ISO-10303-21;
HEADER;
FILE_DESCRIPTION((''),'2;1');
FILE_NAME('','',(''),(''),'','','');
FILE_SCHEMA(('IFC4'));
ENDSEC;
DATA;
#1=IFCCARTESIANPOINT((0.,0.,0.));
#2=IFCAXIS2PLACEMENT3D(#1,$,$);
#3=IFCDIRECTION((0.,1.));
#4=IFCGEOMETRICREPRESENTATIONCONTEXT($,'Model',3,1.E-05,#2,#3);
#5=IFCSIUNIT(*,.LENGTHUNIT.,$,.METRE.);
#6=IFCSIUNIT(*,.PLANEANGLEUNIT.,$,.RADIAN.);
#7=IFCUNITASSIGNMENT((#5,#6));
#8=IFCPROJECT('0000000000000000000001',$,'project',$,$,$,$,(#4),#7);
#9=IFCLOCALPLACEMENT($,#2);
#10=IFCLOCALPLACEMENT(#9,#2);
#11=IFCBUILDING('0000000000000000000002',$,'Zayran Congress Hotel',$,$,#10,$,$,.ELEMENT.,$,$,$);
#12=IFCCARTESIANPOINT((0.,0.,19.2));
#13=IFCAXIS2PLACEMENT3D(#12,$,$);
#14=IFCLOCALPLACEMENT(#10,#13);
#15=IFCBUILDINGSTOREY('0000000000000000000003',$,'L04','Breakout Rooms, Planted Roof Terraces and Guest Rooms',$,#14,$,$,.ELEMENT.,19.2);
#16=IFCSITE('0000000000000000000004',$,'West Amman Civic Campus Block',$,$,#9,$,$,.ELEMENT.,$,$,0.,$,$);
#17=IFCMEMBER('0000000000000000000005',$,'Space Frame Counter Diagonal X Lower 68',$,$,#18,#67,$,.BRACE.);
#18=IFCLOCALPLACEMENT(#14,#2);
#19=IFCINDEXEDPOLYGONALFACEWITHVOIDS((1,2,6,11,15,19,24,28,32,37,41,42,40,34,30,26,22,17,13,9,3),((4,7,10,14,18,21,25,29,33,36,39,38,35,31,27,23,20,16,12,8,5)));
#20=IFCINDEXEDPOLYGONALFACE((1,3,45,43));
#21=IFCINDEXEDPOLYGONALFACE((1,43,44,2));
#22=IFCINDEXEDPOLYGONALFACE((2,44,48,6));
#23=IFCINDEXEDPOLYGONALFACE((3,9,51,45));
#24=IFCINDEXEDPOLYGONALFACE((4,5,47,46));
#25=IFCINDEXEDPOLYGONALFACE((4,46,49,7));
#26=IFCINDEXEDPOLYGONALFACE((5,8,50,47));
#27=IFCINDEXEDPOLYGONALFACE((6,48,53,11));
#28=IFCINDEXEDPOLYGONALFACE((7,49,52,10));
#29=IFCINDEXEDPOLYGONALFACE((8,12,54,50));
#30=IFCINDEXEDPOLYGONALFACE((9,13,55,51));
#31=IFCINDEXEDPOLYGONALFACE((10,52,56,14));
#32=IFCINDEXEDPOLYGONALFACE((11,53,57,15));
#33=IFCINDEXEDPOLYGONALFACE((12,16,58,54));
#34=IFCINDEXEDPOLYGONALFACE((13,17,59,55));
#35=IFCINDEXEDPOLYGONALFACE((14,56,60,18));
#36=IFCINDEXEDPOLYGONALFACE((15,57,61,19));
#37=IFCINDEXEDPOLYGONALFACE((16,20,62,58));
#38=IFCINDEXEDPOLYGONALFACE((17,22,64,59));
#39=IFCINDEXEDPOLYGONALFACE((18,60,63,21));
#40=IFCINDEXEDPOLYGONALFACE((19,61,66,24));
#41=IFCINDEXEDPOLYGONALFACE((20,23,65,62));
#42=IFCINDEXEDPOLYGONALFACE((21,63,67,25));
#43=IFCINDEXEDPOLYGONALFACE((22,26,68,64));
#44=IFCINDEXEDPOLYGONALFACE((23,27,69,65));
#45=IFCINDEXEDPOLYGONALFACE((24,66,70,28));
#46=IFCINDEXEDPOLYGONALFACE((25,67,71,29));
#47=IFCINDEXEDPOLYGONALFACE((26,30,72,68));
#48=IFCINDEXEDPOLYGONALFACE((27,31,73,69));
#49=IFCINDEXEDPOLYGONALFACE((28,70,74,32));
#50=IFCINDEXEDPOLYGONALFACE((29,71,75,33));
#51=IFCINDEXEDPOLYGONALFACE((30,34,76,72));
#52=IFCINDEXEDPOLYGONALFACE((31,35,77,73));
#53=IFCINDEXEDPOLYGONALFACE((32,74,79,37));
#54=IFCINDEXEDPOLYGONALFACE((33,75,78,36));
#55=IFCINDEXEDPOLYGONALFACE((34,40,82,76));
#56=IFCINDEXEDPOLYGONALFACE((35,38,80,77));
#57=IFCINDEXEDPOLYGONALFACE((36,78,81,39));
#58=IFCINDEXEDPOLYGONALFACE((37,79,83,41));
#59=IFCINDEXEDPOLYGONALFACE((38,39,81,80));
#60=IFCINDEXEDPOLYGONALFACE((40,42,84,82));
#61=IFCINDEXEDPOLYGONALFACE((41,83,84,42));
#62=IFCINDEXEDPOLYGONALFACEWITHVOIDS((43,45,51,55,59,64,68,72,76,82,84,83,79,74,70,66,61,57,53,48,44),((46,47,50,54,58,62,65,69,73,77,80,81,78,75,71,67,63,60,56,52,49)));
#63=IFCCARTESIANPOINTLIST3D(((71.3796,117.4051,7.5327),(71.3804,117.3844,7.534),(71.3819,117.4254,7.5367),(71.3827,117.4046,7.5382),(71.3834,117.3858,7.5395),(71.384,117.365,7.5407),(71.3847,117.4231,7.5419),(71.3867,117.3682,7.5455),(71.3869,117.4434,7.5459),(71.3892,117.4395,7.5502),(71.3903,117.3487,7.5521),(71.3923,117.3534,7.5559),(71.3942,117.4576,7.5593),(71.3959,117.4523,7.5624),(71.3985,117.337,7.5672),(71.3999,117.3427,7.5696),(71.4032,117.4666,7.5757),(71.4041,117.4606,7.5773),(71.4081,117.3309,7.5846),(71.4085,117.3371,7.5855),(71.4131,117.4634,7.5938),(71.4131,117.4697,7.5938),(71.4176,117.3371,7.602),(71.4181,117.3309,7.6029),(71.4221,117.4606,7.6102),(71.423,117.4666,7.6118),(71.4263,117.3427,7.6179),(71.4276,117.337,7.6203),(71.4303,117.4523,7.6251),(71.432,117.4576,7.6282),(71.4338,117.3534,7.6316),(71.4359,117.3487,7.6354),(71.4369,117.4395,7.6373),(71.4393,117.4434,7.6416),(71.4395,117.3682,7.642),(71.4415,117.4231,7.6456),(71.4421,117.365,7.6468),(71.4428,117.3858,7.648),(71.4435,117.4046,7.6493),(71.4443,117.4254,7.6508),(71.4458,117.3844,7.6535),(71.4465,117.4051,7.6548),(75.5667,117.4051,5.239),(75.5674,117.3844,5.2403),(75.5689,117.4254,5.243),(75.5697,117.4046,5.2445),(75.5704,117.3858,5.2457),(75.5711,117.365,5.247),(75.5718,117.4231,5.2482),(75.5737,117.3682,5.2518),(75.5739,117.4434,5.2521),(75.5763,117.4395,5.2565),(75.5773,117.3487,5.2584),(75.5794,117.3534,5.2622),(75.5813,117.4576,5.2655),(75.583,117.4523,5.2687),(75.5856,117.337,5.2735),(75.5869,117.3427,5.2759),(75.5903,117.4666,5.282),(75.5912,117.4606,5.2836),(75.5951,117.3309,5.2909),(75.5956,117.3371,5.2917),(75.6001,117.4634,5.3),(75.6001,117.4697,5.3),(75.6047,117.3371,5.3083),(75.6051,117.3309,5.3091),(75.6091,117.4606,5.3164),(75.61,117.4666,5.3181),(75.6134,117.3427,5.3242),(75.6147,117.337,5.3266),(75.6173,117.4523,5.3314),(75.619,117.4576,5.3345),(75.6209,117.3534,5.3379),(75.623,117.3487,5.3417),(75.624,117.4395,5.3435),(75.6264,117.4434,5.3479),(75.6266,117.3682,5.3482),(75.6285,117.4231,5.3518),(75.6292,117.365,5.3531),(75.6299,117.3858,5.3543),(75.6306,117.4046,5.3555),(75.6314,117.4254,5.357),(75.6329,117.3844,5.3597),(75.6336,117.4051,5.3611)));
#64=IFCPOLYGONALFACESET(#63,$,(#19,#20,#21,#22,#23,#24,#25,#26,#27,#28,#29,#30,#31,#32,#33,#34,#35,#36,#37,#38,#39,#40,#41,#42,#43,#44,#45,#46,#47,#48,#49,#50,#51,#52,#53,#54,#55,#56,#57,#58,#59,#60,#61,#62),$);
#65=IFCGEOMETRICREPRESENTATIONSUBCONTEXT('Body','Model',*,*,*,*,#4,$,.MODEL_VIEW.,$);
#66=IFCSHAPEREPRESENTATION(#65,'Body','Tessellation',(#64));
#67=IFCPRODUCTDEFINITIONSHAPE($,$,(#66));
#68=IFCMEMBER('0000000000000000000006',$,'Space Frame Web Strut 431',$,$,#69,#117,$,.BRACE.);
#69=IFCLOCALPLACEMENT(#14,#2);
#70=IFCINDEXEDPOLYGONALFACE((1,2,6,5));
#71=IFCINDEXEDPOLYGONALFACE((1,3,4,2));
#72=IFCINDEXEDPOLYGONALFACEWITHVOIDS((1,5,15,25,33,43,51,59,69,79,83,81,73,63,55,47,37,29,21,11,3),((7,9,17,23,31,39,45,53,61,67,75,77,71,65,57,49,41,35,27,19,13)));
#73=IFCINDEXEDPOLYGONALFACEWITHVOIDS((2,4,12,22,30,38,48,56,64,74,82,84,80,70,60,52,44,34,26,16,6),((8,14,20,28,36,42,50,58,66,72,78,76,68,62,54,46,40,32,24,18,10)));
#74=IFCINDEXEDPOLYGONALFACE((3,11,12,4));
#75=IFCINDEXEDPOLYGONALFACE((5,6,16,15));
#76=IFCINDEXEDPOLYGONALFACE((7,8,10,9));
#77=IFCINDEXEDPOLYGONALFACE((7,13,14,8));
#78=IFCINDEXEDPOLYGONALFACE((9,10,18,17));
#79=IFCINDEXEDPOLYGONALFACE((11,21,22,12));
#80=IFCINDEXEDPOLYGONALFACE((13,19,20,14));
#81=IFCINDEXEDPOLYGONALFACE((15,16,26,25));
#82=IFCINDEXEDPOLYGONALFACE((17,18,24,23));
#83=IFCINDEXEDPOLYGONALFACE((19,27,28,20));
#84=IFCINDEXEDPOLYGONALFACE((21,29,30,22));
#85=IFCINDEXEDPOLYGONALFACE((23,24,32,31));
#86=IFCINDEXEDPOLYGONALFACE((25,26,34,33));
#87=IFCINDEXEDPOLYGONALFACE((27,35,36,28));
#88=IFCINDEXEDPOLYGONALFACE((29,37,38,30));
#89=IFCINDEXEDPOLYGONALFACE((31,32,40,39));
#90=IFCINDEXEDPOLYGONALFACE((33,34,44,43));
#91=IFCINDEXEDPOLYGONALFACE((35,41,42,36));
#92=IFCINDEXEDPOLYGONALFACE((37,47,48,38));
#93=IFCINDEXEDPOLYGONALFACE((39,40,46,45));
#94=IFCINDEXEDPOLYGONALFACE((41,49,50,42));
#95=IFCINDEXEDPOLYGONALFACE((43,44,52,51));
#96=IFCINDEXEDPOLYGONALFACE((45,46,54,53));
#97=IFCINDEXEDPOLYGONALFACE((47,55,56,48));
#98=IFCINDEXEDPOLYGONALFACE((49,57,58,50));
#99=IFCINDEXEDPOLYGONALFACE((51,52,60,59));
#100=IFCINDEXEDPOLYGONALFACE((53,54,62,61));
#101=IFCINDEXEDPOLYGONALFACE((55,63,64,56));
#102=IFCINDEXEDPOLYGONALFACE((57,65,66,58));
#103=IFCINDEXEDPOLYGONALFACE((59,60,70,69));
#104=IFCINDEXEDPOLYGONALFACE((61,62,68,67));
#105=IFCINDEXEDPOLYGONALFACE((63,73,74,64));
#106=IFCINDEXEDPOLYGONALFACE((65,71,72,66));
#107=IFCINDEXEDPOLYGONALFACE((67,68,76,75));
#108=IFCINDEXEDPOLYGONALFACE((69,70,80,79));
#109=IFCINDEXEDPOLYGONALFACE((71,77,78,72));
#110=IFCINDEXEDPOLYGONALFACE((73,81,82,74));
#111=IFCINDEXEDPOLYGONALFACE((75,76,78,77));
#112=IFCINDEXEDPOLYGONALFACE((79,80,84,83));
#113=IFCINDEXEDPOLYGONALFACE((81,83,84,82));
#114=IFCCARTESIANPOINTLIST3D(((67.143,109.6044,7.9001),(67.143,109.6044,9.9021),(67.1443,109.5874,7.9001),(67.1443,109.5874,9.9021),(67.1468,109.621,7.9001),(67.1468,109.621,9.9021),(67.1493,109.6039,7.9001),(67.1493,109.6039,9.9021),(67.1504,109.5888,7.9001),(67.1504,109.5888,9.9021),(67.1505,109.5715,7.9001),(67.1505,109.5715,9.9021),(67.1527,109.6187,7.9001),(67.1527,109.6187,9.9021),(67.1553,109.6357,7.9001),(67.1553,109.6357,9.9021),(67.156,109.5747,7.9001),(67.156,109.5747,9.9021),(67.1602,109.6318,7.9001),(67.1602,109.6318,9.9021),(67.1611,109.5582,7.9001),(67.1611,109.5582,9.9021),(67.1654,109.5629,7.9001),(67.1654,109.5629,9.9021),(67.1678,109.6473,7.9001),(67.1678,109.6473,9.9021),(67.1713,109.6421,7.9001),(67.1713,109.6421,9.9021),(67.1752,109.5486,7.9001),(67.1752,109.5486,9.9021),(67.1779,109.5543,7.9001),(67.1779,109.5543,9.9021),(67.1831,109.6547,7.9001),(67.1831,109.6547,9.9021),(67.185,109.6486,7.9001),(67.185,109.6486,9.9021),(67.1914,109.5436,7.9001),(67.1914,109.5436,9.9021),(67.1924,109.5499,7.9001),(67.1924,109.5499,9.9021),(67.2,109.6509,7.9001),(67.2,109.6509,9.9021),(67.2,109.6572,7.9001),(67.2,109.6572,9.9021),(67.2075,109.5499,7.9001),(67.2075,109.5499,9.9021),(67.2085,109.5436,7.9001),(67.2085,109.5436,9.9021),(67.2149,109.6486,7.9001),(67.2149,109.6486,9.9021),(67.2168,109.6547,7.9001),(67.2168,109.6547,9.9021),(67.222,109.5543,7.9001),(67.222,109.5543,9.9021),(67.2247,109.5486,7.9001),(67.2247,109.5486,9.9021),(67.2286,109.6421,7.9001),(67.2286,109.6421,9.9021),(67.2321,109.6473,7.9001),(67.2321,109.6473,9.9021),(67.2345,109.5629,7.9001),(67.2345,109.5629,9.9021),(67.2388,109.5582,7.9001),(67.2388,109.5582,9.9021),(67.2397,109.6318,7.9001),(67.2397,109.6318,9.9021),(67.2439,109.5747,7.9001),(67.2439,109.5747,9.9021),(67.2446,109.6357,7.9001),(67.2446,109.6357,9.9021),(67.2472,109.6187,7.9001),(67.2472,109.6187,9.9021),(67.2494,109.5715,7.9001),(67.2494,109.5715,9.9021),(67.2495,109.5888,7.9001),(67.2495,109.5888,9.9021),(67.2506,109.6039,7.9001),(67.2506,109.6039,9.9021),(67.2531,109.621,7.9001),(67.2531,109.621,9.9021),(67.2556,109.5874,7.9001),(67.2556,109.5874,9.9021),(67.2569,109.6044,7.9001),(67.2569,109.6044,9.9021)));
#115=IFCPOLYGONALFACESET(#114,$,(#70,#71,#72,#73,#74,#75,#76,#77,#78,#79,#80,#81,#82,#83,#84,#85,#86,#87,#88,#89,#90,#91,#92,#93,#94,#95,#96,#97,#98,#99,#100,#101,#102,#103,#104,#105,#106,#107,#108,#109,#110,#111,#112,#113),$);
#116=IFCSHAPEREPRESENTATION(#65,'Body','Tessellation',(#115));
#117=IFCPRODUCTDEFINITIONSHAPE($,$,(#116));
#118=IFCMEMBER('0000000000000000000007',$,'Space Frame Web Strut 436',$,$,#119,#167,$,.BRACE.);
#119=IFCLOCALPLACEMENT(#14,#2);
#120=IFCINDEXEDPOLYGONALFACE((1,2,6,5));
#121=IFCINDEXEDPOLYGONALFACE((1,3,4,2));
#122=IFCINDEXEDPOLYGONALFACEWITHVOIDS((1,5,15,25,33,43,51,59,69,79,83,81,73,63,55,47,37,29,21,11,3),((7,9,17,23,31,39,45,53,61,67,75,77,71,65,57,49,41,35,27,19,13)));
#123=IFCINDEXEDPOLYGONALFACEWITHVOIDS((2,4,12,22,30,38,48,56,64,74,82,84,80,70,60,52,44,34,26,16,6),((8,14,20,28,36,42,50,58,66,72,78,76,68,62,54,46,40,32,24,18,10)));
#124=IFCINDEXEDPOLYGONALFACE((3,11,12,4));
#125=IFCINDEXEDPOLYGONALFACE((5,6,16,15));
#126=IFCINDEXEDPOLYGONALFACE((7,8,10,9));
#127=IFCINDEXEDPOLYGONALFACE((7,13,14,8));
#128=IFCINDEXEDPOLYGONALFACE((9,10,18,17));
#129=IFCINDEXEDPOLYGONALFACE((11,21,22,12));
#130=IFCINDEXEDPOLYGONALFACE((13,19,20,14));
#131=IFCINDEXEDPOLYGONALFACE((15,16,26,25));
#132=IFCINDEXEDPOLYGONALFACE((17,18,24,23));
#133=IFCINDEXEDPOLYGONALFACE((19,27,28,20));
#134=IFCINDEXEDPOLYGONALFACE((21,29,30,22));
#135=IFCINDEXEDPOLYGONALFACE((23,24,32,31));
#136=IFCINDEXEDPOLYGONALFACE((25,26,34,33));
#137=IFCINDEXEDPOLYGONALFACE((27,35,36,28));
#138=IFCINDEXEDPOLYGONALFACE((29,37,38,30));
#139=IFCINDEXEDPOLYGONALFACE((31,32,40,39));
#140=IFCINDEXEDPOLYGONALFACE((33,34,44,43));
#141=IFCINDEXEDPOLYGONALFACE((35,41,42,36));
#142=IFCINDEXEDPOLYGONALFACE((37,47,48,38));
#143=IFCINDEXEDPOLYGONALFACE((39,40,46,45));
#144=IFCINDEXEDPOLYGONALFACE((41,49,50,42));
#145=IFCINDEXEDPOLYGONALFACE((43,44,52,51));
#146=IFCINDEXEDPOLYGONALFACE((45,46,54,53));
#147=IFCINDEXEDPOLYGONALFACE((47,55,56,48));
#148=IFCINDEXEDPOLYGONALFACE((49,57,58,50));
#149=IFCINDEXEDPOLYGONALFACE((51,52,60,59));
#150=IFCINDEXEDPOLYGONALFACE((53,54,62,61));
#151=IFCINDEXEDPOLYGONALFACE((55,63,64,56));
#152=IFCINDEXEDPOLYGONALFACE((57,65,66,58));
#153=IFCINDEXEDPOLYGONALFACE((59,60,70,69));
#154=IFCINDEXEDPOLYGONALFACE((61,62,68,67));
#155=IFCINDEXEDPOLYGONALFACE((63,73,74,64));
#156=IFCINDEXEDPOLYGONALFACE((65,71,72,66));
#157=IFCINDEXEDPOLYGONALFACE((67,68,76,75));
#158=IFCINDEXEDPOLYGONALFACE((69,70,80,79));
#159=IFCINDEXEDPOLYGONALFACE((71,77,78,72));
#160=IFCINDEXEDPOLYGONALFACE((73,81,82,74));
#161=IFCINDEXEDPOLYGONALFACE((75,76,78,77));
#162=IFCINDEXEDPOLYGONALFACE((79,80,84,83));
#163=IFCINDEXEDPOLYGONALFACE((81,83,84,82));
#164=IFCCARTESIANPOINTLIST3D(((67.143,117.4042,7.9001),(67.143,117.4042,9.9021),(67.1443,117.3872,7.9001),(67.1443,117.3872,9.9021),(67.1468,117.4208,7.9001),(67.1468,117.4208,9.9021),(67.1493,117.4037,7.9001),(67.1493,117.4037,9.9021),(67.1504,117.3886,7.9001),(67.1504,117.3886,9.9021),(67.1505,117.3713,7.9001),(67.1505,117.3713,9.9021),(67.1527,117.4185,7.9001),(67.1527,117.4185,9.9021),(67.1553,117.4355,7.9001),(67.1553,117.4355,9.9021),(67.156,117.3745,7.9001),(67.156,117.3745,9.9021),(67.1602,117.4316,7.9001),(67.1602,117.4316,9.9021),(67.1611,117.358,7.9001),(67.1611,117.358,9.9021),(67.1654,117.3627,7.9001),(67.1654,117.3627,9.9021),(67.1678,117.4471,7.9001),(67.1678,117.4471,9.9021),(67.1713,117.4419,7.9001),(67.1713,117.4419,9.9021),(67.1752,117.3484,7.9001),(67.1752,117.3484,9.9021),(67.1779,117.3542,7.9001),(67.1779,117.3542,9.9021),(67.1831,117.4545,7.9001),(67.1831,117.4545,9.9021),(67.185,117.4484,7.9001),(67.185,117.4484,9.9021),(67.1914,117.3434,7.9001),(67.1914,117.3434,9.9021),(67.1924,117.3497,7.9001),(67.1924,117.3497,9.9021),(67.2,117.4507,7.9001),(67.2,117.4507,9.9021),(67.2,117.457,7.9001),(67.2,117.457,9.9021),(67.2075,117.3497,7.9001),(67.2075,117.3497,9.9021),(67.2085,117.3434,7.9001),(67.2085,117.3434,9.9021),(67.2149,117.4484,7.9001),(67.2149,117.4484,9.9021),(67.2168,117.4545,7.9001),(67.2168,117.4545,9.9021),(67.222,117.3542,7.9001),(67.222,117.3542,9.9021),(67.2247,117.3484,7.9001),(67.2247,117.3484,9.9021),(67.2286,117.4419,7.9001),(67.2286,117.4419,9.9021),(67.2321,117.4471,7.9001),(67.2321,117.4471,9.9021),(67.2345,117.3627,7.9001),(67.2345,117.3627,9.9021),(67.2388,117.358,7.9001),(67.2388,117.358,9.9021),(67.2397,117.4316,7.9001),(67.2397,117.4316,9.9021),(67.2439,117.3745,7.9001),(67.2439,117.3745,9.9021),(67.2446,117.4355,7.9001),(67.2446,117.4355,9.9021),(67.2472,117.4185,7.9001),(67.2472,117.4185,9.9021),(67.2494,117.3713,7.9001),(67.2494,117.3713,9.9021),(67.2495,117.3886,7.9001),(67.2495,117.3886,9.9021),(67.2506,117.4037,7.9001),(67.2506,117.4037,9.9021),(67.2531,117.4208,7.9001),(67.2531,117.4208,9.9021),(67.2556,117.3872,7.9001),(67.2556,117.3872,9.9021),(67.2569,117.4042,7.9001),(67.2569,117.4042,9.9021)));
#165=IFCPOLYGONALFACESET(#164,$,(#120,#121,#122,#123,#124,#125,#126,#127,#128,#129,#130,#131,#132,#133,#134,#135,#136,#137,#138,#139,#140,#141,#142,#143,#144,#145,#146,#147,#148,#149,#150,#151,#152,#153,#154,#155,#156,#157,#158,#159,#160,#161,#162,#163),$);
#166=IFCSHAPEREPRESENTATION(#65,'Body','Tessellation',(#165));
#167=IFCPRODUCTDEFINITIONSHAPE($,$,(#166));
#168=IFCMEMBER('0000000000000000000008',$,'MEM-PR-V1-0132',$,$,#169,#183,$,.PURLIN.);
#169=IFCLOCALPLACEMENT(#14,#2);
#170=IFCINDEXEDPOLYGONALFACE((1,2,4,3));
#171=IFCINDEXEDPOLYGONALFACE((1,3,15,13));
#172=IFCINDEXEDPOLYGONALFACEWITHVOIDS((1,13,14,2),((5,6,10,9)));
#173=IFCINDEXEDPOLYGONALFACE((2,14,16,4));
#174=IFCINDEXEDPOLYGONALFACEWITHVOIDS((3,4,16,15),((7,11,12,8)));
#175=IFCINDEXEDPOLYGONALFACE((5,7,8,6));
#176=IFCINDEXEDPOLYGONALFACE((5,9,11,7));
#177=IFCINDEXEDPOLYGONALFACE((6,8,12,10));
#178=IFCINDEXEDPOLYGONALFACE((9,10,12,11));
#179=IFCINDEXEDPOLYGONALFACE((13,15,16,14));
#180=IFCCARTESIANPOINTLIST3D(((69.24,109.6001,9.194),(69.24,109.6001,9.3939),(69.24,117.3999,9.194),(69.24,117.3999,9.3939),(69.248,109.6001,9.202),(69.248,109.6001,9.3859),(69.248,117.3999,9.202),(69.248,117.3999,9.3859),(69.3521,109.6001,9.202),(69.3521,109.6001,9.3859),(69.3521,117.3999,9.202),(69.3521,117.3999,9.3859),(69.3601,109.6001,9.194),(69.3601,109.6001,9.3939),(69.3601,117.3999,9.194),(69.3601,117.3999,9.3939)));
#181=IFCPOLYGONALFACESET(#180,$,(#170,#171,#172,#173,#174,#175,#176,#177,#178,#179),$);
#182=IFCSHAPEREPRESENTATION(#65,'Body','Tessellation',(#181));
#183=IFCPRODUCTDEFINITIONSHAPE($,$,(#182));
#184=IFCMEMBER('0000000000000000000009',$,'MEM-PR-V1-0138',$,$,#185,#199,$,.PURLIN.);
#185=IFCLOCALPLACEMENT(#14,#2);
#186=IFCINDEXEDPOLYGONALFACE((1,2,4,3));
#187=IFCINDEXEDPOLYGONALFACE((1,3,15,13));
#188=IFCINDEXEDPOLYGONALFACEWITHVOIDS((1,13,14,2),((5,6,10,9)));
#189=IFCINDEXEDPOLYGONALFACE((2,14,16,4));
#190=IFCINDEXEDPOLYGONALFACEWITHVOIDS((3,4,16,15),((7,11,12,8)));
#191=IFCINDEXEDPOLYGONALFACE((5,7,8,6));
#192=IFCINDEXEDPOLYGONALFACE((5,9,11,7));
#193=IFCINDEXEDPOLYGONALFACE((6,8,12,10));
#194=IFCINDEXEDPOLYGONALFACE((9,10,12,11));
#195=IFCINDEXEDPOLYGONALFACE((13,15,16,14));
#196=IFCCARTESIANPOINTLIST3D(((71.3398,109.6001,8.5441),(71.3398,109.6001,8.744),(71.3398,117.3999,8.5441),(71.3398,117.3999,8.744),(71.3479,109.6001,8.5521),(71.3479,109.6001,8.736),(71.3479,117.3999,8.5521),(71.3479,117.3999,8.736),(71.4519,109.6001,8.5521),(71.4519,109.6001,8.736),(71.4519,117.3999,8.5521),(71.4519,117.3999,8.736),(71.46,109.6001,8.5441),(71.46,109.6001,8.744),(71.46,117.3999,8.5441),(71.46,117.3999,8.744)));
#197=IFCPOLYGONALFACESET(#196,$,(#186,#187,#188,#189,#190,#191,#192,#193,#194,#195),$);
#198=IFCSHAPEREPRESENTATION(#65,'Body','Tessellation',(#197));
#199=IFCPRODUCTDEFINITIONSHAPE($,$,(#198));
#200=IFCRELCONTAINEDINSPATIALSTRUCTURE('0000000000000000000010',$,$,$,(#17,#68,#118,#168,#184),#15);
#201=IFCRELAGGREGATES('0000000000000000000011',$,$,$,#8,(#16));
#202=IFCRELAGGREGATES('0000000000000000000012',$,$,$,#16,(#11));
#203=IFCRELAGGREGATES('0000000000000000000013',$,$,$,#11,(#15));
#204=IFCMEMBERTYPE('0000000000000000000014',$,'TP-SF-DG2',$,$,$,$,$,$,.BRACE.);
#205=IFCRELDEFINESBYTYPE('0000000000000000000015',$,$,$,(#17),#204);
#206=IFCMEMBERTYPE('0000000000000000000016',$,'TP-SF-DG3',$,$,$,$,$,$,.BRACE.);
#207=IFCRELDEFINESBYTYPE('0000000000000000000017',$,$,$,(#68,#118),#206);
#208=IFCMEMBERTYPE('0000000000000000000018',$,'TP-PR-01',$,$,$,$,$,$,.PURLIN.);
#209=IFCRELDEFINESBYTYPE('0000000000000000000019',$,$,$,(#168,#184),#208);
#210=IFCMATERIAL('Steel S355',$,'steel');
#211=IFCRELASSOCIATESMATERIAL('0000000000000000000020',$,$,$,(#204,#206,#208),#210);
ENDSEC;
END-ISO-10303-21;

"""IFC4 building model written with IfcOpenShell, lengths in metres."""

from ifc_helpers import new_model, si_unit, direction, frame, origin, origin_2d, place, context, subcontext, project, spatial, hollow_rectangle, hollow_circle, extrude, material, material_profile, profile_set, type_object, element, save


model = new_model("IFC4")

# Units and contexts
model_context = context("Model", 3, precision=1e-05, world=origin(), true_north=direction((0.0, 1.0)))
body_context = subcontext(model_context, "Body", "Model", "MODEL_VIEW")
ifc_project = project(units=[si_unit("LENGTHUNIT", "METRE"), si_unit("PLANEANGLEUNIT", "RADIAN")], contexts=[model_context])

# Site, building, storey
site_placement = place(None, origin())
site = spatial("IfcSite", under=ifc_project, at=site_placement, Name="West Amman Civic Campus Block", CompositionType="ELEMENT", RefElevation=0.0)
building_placement = place(site_placement, origin())
building = spatial("IfcBuilding", under=site, at=building_placement, Name="Zayran Congress Hotel", CompositionType="ELEMENT")
storey_placement = place(building_placement, frame((0.0, 0.0, 19.2)))
storey = spatial("IfcBuildingStorey", under=building, at=storey_placement, Name="L04", Description="Breakout Rooms, Planted Roof Terraces and Guest Rooms", CompositionType="ELEMENT", Elevation=19.2)

# Members
ifc_material = material(Name="Steel S355", Category="steel")
ifc_material_profile_1 = material_profile(ifc_material, hollow_circle(Radius=0.0698, WallThickness=0.0063, at=origin_2d()), Name="CHS 139.7x6.3")
ifc_profile_set_1 = profile_set([ifc_material_profile_1], Name="Steel S355")
member_type_1 = type_object("IfcMemberType", Name="TP-SF-DG2", PredefinedType="BRACE", material=ifc_profile_set_1)
member_1_placement = place(storey_placement, frame((71.4131, 117.3999, 7.5938), z_axis=(0.877024, 0.0, -0.480446), x_axis=(0.0, 1.0, 0.0)))
element("IfcMember", 1, at=member_1_placement, inside=storey, type_object=member_type_1, Name="Space Frame Counter Diagonal X Lower 68", PredefinedType="BRACE", context=body_context, shape_type="SweptSolid", body=[
    extrude(hollow_circle(Radius=0.0698, WallThickness=0.0063, at=origin_2d()), origin(), (0.0, 0.0, 1.0), 4.7742),
])
ifc_material_profile_2 = material_profile(ifc_material, hollow_circle(Radius=0.0571, WallThickness=0.0063, at=origin_2d()), Name="CHS 114.3x6.3")
ifc_profile_set_2 = profile_set([ifc_material_profile_2], Name="Steel S355")
member_type_2 = type_object("IfcMemberType", Name="TP-SF-DG3", PredefinedType="BRACE", material=ifc_profile_set_2)
for number, where, z_axis, x_axis, name in (
    (2, (67.2, 109.6001, 7.9001), (0.0, 0.0, 1.0), (0.0, 1.0, 0.0), "Space Frame Web Strut 431"),
    (3, (67.2, 117.3999, 7.9001), (0.0, 0.0, 1.0), (0.0, 1.0, 0.0), "Space Frame Web Strut 436"),
):
    element("IfcMember", number, at=place(storey_placement, frame(where, z_axis=z_axis, x_axis=x_axis)), inside=storey, type_object=member_type_2, Name=name, PredefinedType="BRACE", context=body_context, shape_type="SweptSolid", body=[
        extrude(hollow_circle(Radius=0.0571, WallThickness=0.0063, at=origin_2d()), origin(), (0.0, 0.0, 1.0), 2.002),
    ])
ifc_material_profile_3 = material_profile(ifc_material, hollow_rectangle(XDim=0.1201, YDim=0.2, WallThickness=0.0081, at=origin_2d()), Name="RHS 200x120x8")
ifc_profile_set_3 = profile_set([ifc_material_profile_3], Name="Steel S355")
member_type_3 = type_object("IfcMemberType", Name="TP-PR-01", PredefinedType="PURLIN", material=ifc_profile_set_3)
for number, where, z_axis, x_axis, name in (
    (4, (69.3, 109.6001, 9.2939), (0.0, 1.0, 0.0), (-1.0, 0.0, 0.0), "MEM-PR-V1-0132"),
    (5, (71.3999, 109.6001, 8.644), (0.0, 1.0, 0.0), (-1.0, 0.0, 0.0), "MEM-PR-V1-0138"),
):
    element("IfcMember", number, at=place(storey_placement, frame(where, z_axis=z_axis, x_axis=x_axis)), inside=storey, type_object=member_type_3, Name=name, PredefinedType="PURLIN", context=body_context, shape_type="SweptSolid", body=[
        extrude(hollow_rectangle(XDim=0.1201, YDim=0.2, WallThickness=0.0081, at=origin_2d()), origin(), (0.0, 0.0, 1.0), 7.7998),
    ])

save(model, "model.ifc")
